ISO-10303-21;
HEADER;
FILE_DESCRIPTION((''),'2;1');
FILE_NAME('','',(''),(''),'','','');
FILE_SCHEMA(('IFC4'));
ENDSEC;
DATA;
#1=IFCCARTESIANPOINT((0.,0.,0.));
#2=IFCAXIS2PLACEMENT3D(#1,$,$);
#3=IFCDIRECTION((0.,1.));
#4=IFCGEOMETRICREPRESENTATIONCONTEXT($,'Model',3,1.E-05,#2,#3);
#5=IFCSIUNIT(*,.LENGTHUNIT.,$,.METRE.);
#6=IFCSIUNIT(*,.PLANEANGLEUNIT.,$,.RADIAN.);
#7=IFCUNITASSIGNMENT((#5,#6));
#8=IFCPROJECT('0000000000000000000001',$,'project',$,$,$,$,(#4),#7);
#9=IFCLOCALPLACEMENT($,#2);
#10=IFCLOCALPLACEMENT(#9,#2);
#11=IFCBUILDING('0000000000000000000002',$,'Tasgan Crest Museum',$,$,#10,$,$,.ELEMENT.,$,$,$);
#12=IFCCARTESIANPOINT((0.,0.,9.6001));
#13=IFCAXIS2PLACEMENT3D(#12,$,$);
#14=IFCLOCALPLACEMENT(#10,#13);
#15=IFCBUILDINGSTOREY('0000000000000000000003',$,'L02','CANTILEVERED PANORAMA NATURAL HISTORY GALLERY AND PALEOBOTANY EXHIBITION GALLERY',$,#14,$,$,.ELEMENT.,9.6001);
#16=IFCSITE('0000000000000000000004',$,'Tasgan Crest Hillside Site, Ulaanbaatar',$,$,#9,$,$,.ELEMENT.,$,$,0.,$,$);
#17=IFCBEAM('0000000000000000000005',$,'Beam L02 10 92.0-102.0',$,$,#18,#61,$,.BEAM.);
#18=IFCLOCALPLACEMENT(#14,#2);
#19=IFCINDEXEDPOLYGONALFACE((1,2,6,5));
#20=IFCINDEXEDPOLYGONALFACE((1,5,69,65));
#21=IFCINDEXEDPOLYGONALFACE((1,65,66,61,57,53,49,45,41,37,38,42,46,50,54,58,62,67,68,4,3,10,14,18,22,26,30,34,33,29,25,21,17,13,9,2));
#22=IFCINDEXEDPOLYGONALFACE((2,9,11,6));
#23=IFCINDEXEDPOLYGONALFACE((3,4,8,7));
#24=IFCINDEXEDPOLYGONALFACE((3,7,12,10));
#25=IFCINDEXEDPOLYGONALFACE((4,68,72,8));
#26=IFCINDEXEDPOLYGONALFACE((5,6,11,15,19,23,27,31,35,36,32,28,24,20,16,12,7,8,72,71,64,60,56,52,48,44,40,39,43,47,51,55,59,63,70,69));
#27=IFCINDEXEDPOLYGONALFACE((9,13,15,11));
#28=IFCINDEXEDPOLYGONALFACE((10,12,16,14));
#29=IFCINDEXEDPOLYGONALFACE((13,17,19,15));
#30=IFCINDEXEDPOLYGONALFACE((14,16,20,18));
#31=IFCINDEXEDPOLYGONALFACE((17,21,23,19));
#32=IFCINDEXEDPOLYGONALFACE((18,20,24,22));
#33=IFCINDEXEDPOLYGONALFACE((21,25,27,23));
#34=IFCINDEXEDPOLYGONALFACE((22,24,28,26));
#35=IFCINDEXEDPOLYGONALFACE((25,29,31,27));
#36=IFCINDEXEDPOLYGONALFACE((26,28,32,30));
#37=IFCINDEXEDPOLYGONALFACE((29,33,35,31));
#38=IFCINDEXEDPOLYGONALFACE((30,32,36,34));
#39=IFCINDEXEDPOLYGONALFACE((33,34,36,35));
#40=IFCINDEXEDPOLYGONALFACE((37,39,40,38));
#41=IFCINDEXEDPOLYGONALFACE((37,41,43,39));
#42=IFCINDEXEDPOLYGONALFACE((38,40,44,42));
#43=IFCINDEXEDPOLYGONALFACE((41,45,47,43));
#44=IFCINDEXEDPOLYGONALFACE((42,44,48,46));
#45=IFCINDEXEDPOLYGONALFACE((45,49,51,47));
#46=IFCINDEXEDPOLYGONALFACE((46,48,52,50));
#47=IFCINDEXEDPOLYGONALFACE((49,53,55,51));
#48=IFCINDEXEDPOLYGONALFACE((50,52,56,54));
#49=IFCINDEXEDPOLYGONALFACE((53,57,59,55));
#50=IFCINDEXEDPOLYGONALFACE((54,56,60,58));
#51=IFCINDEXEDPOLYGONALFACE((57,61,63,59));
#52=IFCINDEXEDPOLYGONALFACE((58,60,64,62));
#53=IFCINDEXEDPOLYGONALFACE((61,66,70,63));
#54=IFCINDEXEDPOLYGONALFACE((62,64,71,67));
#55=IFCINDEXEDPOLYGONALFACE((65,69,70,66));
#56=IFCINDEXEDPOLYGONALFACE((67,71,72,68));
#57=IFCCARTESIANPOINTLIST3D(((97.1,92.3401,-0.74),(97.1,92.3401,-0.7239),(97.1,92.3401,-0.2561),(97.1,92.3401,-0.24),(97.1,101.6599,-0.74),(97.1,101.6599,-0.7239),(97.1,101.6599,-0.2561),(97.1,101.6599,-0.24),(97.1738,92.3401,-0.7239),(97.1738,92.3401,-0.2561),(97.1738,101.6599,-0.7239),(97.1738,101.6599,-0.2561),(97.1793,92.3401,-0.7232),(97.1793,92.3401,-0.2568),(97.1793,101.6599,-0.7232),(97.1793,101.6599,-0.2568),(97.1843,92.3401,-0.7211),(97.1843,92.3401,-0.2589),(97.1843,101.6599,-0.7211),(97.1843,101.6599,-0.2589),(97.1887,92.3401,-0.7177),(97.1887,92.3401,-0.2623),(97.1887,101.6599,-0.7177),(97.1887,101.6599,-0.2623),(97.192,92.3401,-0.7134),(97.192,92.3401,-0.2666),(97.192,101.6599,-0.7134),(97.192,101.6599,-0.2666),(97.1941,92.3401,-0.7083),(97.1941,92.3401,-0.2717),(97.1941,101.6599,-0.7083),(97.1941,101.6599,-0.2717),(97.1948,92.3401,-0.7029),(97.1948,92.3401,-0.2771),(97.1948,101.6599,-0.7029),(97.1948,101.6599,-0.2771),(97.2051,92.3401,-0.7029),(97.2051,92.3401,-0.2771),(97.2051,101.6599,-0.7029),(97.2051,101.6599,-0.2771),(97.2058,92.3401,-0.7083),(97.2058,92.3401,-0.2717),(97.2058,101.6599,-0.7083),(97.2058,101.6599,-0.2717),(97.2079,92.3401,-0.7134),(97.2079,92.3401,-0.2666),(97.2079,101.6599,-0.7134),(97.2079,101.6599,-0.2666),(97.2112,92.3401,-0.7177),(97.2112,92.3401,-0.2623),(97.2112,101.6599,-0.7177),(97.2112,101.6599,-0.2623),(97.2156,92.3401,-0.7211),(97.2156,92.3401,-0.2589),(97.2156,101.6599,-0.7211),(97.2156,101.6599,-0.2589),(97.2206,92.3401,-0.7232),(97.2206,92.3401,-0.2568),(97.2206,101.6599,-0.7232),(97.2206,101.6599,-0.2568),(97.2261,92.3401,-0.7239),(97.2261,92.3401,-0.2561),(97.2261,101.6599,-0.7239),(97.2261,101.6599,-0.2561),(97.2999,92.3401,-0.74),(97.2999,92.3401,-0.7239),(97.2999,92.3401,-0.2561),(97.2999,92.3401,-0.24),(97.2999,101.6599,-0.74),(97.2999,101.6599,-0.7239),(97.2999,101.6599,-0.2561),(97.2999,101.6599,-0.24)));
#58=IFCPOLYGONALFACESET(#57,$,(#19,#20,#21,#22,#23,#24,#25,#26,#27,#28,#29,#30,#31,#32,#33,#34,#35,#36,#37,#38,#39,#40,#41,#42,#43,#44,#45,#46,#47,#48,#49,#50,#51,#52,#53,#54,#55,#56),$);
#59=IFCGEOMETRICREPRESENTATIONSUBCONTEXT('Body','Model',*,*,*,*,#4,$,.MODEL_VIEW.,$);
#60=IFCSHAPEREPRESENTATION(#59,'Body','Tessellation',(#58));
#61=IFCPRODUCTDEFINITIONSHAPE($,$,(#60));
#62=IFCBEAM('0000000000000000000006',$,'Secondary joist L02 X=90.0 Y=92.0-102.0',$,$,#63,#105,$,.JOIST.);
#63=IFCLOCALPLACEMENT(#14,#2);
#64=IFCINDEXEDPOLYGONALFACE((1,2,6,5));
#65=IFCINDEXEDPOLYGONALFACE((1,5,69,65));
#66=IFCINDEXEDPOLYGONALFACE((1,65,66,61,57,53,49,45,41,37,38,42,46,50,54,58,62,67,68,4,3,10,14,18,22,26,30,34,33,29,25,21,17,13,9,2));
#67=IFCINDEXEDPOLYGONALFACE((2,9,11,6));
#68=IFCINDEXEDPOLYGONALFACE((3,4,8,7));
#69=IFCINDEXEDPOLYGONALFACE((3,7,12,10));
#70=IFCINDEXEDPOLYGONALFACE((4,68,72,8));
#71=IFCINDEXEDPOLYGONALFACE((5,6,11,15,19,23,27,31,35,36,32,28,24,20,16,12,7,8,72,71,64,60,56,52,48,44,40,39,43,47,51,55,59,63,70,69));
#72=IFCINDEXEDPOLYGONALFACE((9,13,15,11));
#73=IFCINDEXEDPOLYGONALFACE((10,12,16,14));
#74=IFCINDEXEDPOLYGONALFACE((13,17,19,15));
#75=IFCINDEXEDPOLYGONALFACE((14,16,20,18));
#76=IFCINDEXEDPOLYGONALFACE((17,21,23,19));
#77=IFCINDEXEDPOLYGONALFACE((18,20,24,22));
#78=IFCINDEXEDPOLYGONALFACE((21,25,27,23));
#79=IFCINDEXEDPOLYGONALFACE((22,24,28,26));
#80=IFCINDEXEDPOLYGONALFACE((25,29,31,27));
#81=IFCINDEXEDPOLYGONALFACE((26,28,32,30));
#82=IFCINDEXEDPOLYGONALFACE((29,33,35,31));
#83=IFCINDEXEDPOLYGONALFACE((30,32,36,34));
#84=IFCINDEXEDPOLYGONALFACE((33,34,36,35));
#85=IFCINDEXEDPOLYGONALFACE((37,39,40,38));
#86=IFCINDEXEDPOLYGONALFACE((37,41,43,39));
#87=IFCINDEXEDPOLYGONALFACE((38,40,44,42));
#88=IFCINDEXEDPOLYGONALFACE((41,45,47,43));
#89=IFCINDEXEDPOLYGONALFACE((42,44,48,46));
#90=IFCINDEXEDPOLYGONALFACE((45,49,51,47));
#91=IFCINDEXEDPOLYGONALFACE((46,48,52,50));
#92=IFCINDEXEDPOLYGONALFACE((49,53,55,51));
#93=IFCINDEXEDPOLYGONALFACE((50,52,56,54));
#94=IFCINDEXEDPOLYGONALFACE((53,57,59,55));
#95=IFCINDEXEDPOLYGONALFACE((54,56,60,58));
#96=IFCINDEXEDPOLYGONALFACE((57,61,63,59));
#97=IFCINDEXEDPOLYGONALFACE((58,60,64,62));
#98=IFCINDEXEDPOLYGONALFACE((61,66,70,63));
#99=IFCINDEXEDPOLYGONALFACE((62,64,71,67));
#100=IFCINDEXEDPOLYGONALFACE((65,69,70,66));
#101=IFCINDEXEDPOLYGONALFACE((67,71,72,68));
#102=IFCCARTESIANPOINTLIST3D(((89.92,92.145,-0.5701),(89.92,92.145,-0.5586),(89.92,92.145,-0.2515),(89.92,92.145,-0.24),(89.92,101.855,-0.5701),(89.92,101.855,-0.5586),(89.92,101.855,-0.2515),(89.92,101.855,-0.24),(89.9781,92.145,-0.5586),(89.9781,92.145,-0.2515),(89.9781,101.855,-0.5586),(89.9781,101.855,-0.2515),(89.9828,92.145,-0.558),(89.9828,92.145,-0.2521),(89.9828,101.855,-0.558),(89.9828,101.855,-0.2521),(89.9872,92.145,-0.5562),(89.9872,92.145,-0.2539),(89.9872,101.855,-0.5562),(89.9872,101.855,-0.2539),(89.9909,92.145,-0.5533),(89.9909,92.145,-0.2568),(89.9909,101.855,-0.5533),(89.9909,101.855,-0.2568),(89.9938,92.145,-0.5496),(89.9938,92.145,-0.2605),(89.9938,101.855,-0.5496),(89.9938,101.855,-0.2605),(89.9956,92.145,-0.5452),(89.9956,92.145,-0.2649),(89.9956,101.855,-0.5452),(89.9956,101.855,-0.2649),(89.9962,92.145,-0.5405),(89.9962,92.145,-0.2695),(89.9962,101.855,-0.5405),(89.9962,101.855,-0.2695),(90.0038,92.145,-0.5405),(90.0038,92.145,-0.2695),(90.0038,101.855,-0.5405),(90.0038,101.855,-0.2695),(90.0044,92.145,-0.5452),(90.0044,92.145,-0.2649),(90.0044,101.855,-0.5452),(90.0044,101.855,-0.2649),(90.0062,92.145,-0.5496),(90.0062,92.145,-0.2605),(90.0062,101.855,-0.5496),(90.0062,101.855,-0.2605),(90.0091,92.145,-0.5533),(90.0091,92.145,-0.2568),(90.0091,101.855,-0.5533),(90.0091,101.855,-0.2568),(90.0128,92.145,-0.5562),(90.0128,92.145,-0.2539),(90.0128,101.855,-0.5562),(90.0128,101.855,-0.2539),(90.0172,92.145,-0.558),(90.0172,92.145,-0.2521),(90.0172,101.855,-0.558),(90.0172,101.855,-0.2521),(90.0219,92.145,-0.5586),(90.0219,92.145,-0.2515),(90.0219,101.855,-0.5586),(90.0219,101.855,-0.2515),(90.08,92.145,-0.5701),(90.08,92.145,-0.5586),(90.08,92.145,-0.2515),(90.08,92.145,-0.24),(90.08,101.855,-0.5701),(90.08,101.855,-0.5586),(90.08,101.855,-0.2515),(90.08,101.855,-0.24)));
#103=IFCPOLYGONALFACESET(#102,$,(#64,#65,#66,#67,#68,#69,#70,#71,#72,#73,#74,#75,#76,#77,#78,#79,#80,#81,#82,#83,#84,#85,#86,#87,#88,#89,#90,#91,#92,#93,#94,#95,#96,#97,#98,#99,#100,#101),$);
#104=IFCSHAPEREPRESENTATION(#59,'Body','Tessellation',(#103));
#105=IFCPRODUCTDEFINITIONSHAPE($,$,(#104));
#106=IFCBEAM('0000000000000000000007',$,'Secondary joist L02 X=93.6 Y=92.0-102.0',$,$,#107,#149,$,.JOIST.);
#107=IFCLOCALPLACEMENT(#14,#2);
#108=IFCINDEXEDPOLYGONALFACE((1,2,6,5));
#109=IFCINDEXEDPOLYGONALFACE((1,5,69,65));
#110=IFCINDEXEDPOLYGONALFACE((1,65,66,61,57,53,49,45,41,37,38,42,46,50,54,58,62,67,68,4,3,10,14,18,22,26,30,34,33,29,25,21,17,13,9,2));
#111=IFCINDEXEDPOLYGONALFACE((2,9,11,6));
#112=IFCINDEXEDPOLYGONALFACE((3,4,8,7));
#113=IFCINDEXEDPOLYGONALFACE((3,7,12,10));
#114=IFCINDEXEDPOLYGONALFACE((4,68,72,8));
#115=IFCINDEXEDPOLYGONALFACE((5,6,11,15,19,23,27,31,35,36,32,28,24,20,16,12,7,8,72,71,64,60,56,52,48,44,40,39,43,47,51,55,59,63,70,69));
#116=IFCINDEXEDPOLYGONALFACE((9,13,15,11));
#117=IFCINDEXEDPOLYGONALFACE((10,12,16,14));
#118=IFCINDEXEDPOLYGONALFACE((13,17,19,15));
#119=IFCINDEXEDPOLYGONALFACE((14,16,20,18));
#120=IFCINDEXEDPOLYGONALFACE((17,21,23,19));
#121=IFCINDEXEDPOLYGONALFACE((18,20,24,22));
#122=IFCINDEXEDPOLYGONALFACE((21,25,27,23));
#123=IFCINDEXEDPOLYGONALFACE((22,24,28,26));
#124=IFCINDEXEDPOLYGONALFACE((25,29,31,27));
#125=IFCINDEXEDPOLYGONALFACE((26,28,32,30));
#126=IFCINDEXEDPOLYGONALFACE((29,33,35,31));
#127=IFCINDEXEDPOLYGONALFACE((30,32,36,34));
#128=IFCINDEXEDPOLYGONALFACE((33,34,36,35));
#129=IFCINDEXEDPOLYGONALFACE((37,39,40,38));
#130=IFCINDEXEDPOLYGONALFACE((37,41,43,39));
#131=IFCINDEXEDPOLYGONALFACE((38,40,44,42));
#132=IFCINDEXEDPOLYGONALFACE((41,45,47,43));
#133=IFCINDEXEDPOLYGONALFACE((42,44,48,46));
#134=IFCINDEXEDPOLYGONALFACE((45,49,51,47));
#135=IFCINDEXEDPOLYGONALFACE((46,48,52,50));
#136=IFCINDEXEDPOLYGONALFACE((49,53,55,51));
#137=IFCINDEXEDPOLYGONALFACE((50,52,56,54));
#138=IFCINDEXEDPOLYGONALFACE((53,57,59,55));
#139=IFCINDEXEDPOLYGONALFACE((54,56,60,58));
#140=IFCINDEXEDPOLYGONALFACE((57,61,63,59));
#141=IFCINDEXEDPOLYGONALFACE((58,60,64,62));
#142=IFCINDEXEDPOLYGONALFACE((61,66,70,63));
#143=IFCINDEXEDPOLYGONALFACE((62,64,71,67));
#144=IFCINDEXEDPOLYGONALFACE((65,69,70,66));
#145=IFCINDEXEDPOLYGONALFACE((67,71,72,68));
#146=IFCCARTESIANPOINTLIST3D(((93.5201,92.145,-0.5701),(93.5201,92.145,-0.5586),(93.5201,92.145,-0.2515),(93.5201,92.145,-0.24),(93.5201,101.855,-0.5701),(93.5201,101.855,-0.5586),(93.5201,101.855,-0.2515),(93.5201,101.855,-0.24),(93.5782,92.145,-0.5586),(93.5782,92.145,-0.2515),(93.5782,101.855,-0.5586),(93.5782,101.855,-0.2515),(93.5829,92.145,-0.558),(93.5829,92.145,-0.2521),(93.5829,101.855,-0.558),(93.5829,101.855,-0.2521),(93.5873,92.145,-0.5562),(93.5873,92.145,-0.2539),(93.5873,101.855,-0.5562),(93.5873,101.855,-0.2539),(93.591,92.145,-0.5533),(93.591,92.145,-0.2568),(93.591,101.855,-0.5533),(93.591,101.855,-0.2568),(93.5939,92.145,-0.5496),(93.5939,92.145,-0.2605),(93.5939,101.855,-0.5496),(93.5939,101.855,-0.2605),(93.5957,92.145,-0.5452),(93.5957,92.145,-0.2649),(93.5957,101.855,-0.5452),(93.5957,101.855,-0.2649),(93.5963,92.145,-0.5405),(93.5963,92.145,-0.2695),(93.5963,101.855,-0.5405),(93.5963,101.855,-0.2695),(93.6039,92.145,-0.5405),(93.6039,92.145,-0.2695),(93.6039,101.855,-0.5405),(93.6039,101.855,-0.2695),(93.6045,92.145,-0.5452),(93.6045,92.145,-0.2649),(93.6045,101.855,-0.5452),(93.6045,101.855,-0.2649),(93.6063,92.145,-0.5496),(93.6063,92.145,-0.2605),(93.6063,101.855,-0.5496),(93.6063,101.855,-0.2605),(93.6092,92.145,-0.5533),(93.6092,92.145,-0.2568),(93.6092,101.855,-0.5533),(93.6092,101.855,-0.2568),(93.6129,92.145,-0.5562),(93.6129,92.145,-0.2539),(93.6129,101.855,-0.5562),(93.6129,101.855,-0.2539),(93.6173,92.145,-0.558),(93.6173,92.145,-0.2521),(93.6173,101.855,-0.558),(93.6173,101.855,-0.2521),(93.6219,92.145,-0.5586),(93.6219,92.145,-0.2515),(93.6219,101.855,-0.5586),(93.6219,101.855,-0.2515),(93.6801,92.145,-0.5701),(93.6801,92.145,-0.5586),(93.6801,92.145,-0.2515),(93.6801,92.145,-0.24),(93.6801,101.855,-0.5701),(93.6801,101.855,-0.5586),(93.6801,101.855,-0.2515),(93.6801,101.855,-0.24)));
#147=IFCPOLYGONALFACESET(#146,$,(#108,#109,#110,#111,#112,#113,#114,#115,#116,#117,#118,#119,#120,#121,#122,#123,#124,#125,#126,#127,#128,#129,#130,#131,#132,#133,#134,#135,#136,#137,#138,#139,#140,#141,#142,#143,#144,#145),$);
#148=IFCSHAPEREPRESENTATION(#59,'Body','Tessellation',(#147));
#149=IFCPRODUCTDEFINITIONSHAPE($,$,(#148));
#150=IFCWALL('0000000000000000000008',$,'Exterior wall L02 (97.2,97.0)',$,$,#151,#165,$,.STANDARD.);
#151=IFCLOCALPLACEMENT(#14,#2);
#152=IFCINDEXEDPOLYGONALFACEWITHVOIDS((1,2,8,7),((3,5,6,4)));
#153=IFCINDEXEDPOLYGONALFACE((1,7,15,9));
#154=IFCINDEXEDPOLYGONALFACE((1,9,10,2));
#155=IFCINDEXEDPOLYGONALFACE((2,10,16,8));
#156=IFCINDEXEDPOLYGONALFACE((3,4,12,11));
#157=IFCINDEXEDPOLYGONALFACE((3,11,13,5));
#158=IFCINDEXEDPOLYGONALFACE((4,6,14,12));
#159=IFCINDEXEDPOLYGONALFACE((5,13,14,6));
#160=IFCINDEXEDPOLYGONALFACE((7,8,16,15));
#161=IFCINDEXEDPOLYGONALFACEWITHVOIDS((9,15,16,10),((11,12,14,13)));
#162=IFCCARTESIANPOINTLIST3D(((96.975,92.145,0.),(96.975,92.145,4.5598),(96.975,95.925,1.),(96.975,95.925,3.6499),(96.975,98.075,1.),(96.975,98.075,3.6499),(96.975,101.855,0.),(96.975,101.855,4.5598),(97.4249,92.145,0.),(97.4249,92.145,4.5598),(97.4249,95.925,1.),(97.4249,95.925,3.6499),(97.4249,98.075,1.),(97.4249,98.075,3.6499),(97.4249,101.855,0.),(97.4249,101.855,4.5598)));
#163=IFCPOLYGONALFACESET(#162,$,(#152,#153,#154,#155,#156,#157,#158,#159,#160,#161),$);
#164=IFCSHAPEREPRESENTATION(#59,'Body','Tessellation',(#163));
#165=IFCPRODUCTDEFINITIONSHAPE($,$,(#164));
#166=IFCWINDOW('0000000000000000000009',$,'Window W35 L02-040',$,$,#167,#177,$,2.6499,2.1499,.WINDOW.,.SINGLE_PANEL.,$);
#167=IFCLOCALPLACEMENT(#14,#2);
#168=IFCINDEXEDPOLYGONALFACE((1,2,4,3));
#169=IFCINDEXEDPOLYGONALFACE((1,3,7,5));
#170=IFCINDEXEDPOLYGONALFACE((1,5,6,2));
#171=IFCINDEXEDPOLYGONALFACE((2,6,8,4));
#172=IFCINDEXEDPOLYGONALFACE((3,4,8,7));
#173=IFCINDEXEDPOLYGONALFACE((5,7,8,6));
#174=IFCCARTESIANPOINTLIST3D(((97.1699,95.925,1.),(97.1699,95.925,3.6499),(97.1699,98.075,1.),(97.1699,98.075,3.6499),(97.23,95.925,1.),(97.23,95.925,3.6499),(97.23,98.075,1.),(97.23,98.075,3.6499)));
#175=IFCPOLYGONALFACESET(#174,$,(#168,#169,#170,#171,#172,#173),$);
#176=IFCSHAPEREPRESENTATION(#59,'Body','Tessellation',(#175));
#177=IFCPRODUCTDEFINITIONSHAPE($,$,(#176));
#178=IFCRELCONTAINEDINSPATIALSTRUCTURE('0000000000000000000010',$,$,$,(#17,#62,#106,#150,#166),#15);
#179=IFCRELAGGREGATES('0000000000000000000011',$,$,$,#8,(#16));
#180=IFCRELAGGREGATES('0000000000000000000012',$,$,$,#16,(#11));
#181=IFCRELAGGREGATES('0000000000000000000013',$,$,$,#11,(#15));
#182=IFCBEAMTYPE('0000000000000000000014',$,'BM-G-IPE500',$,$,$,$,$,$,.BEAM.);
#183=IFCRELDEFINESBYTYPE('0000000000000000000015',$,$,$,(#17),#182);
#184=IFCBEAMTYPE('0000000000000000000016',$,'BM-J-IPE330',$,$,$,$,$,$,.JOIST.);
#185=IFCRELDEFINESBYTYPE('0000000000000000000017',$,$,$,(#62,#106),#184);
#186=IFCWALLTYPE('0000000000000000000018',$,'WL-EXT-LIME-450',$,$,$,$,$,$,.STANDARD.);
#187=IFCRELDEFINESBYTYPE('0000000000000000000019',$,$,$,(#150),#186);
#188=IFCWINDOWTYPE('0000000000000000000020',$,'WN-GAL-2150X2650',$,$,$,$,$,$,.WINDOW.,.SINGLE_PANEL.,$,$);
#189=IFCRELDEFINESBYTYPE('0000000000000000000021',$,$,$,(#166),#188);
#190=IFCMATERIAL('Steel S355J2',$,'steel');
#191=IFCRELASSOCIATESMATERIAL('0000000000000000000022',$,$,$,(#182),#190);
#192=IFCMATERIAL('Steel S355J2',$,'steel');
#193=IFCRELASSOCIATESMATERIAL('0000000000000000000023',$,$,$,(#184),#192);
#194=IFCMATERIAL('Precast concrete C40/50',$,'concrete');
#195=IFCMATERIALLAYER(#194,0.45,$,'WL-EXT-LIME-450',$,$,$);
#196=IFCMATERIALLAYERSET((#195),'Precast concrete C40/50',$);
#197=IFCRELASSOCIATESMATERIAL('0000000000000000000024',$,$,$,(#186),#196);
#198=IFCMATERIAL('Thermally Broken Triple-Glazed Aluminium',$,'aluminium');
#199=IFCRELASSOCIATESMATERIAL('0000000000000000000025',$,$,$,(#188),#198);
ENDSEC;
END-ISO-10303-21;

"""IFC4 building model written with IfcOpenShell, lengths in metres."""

from ifc_helpers import new_model, si_unit, direction, frame, frame_2d, origin, origin_2d, place, context, subcontext, project, spatial, rectangle, i_section, extrude, material, layer, layer_set, material_profile, profile_set, type_object, element, fill, save


model = new_model("IFC4")

# Units and contexts
model_context = context("Model", 3, precision=1e-05, world=origin(), true_north=direction((0.0, 1.0)))
body_context = subcontext(model_context, "Body", "Model", "MODEL_VIEW")
ifc_project = project(units=[si_unit("LENGTHUNIT", "METRE"), si_unit("PLANEANGLEUNIT", "RADIAN")], contexts=[model_context])

# Site, building, storey
site_placement = place(None, origin())
site = spatial("IfcSite", under=ifc_project, at=site_placement, Name="Tasgan Crest Hillside Site, Ulaanbaatar", CompositionType="ELEMENT", RefElevation=0.0)
building_placement = place(site_placement, origin())
building = spatial("IfcBuilding", under=site, at=building_placement, Name="Tasgan Crest Museum", CompositionType="ELEMENT")
storey_placement = place(building_placement, frame((0.0, 0.0, 9.6001)))
storey = spatial("IfcBuildingStorey", under=building, at=storey_placement, Name="L02", Description="CANTILEVERED PANORAMA NATURAL HISTORY GALLERY AND PALEOBOTANY EXHIBITION GALLERY", CompositionType="ELEMENT", Elevation=9.6001)

# Beams
ifc_material_1 = material(Name="Steel S355J2", Category="steel")
ifc_material_profile_1 = material_profile(ifc_material_1, i_section(OverallWidth=0.2, OverallDepth=0.5, WebThickness=0.0103, FlangeThickness=0.0161, FilletRadius=0.021, at=origin_2d()), Name="IPE 500")
ifc_profile_set_1 = profile_set([ifc_material_profile_1], Name="Steel S355J2")
beam_type_1 = type_object("IfcBeamType", Name="BM-G-IPE500", PredefinedType="BEAM", material=ifc_profile_set_1)
beam_1_placement = place(storey_placement, frame((97.2, 92.3401, -0.49), z_axis=(0.0, 1.0, 0.0), x_axis=(-1.0, 0.0, 0.0)))
element("IfcBeam", 1, at=beam_1_placement, inside=storey, type_object=beam_type_1, Name="Beam L02 10 92.0-102.0", PredefinedType="BEAM", context=body_context, shape_type="SweptSolid", body=[
    extrude(i_section(OverallWidth=0.2, OverallDepth=0.5, WebThickness=0.0103, FlangeThickness=0.0161, FilletRadius=0.021, at=origin_2d()), origin(), (0.0, 0.0, 1.0), 9.3198),
])
ifc_material_2 = material(Name="Steel S355J2", Category="steel")
ifc_material_profile_2 = material_profile(ifc_material_2, i_section(OverallWidth=0.1599, OverallDepth=0.3301, WebThickness=0.0076, FlangeThickness=0.0115, FilletRadius=0.0181, at=origin_2d()), Name="IPE 330")
ifc_profile_set_2 = profile_set([ifc_material_profile_2], Name="Steel S355J2")
beam_type_2 = type_object("IfcBeamType", Name="BM-J-IPE330", PredefinedType="JOIST", material=ifc_profile_set_2)
for number, where, z_axis, x_axis, name in (
    (2, (90.0, 92.145, -0.405), (0.0, 1.0, 0.0), (-1.0, 0.0, 0.0), "Secondary joist L02 X=90.0 Y=92.0-102.0"),
    (3, (93.6001, 92.145, -0.405), (0.0, 1.0, 0.0), (-1.0, 0.0, 0.0), "Secondary joist L02 X=93.6 Y=92.0-102.0"),
):
    element("IfcBeam", number, at=place(storey_placement, frame(where, z_axis=z_axis, x_axis=x_axis)), inside=storey, type_object=beam_type_2, Name=name, PredefinedType="JOIST", context=body_context, shape_type="SweptSolid", body=[
        extrude(i_section(OverallWidth=0.1599, OverallDepth=0.3301, WebThickness=0.0076, FlangeThickness=0.0115, FilletRadius=0.0181, at=origin_2d()), origin(), (0.0, 0.0, 1.0), 9.71),
    ])

# Wall, opening, window
ifc_material_3 = material(Name="Precast concrete C40/50", Category="concrete")
ifc_layer_1 = layer(ifc_material_3, 0.45, Name="WL-EXT-LIME-450")
ifc_layer_set_1 = layer_set([ifc_layer_1], Name="Precast concrete C40/50")
wall_type_1 = type_object("IfcWallType", Name="WL-EXT-LIME-450", PredefinedType="STANDARD", material=ifc_layer_set_1)
wall_1_placement = place(storey_placement, frame((97.2, 92.145, 0.0), z_axis=(0.0, 0.0, 1.0), x_axis=(0.0, 1.0, 0.0)))
wall_1 = element("IfcWall", 4, at=wall_1_placement, inside=storey, type_object=wall_type_1, Name="Exterior wall L02 (97.2,97.0)", PredefinedType="STANDARD", context=body_context, shape_type="SweptSolid", body=[
    extrude(rectangle(XDim=9.71, YDim=0.45, at=frame_2d((4.855, 0.0))), origin(), (0.0, 0.0, 1.0), 4.5598),
])
opening_1_placement = place(wall_1_placement, frame((3.78, 0.0, 1.0)))
opening_1 = element("IfcOpeningElement", 5, at=opening_1_placement, cuts=wall_1, PredefinedType="OPENING", context=body_context, shape_type="SweptSolid", body=[
    extrude(rectangle(XDim=2.1499, YDim=2.6499, at=frame_2d((1.075, 1.325))), frame((0.0, 0.2349, 0.0), z_axis=(0.0, -1.0, 0.0), x_axis=(1.0, 0.0, 0.0)), (0.0, 0.0, 1.0), 0.47),
])
ifc_material_4 = material(Name="Thermally Broken Triple-Glazed Aluminium", Category="aluminium")
window_type = type_object("IfcWindowType", Name="WN-GAL-2150X2650", PartitioningType="SINGLE_PANEL", PredefinedType="WINDOW", material=ifc_material_4)
window_placement = place(opening_1_placement, origin())
window = element("IfcWindow", 6, at=window_placement, inside=storey, type_object=window_type, Name="Window W35 L02-040", OverallHeight=2.6499, OverallWidth=2.1499, PartitioningType="SINGLE_PANEL", PredefinedType="WINDOW", context=body_context, shape_type="SweptSolid", body=[
    extrude(rectangle(XDim=2.1499, YDim=2.6499, at=frame_2d((1.075, 1.325))), frame((0.0, 0.03, 0.0), z_axis=(0.0, -1.0, 0.0), x_axis=(1.0, 0.0, 0.0)), (0.0, 0.0, 1.0), 0.0601),
])
fill(opening_1, window)

save(model, "model.ifc")
